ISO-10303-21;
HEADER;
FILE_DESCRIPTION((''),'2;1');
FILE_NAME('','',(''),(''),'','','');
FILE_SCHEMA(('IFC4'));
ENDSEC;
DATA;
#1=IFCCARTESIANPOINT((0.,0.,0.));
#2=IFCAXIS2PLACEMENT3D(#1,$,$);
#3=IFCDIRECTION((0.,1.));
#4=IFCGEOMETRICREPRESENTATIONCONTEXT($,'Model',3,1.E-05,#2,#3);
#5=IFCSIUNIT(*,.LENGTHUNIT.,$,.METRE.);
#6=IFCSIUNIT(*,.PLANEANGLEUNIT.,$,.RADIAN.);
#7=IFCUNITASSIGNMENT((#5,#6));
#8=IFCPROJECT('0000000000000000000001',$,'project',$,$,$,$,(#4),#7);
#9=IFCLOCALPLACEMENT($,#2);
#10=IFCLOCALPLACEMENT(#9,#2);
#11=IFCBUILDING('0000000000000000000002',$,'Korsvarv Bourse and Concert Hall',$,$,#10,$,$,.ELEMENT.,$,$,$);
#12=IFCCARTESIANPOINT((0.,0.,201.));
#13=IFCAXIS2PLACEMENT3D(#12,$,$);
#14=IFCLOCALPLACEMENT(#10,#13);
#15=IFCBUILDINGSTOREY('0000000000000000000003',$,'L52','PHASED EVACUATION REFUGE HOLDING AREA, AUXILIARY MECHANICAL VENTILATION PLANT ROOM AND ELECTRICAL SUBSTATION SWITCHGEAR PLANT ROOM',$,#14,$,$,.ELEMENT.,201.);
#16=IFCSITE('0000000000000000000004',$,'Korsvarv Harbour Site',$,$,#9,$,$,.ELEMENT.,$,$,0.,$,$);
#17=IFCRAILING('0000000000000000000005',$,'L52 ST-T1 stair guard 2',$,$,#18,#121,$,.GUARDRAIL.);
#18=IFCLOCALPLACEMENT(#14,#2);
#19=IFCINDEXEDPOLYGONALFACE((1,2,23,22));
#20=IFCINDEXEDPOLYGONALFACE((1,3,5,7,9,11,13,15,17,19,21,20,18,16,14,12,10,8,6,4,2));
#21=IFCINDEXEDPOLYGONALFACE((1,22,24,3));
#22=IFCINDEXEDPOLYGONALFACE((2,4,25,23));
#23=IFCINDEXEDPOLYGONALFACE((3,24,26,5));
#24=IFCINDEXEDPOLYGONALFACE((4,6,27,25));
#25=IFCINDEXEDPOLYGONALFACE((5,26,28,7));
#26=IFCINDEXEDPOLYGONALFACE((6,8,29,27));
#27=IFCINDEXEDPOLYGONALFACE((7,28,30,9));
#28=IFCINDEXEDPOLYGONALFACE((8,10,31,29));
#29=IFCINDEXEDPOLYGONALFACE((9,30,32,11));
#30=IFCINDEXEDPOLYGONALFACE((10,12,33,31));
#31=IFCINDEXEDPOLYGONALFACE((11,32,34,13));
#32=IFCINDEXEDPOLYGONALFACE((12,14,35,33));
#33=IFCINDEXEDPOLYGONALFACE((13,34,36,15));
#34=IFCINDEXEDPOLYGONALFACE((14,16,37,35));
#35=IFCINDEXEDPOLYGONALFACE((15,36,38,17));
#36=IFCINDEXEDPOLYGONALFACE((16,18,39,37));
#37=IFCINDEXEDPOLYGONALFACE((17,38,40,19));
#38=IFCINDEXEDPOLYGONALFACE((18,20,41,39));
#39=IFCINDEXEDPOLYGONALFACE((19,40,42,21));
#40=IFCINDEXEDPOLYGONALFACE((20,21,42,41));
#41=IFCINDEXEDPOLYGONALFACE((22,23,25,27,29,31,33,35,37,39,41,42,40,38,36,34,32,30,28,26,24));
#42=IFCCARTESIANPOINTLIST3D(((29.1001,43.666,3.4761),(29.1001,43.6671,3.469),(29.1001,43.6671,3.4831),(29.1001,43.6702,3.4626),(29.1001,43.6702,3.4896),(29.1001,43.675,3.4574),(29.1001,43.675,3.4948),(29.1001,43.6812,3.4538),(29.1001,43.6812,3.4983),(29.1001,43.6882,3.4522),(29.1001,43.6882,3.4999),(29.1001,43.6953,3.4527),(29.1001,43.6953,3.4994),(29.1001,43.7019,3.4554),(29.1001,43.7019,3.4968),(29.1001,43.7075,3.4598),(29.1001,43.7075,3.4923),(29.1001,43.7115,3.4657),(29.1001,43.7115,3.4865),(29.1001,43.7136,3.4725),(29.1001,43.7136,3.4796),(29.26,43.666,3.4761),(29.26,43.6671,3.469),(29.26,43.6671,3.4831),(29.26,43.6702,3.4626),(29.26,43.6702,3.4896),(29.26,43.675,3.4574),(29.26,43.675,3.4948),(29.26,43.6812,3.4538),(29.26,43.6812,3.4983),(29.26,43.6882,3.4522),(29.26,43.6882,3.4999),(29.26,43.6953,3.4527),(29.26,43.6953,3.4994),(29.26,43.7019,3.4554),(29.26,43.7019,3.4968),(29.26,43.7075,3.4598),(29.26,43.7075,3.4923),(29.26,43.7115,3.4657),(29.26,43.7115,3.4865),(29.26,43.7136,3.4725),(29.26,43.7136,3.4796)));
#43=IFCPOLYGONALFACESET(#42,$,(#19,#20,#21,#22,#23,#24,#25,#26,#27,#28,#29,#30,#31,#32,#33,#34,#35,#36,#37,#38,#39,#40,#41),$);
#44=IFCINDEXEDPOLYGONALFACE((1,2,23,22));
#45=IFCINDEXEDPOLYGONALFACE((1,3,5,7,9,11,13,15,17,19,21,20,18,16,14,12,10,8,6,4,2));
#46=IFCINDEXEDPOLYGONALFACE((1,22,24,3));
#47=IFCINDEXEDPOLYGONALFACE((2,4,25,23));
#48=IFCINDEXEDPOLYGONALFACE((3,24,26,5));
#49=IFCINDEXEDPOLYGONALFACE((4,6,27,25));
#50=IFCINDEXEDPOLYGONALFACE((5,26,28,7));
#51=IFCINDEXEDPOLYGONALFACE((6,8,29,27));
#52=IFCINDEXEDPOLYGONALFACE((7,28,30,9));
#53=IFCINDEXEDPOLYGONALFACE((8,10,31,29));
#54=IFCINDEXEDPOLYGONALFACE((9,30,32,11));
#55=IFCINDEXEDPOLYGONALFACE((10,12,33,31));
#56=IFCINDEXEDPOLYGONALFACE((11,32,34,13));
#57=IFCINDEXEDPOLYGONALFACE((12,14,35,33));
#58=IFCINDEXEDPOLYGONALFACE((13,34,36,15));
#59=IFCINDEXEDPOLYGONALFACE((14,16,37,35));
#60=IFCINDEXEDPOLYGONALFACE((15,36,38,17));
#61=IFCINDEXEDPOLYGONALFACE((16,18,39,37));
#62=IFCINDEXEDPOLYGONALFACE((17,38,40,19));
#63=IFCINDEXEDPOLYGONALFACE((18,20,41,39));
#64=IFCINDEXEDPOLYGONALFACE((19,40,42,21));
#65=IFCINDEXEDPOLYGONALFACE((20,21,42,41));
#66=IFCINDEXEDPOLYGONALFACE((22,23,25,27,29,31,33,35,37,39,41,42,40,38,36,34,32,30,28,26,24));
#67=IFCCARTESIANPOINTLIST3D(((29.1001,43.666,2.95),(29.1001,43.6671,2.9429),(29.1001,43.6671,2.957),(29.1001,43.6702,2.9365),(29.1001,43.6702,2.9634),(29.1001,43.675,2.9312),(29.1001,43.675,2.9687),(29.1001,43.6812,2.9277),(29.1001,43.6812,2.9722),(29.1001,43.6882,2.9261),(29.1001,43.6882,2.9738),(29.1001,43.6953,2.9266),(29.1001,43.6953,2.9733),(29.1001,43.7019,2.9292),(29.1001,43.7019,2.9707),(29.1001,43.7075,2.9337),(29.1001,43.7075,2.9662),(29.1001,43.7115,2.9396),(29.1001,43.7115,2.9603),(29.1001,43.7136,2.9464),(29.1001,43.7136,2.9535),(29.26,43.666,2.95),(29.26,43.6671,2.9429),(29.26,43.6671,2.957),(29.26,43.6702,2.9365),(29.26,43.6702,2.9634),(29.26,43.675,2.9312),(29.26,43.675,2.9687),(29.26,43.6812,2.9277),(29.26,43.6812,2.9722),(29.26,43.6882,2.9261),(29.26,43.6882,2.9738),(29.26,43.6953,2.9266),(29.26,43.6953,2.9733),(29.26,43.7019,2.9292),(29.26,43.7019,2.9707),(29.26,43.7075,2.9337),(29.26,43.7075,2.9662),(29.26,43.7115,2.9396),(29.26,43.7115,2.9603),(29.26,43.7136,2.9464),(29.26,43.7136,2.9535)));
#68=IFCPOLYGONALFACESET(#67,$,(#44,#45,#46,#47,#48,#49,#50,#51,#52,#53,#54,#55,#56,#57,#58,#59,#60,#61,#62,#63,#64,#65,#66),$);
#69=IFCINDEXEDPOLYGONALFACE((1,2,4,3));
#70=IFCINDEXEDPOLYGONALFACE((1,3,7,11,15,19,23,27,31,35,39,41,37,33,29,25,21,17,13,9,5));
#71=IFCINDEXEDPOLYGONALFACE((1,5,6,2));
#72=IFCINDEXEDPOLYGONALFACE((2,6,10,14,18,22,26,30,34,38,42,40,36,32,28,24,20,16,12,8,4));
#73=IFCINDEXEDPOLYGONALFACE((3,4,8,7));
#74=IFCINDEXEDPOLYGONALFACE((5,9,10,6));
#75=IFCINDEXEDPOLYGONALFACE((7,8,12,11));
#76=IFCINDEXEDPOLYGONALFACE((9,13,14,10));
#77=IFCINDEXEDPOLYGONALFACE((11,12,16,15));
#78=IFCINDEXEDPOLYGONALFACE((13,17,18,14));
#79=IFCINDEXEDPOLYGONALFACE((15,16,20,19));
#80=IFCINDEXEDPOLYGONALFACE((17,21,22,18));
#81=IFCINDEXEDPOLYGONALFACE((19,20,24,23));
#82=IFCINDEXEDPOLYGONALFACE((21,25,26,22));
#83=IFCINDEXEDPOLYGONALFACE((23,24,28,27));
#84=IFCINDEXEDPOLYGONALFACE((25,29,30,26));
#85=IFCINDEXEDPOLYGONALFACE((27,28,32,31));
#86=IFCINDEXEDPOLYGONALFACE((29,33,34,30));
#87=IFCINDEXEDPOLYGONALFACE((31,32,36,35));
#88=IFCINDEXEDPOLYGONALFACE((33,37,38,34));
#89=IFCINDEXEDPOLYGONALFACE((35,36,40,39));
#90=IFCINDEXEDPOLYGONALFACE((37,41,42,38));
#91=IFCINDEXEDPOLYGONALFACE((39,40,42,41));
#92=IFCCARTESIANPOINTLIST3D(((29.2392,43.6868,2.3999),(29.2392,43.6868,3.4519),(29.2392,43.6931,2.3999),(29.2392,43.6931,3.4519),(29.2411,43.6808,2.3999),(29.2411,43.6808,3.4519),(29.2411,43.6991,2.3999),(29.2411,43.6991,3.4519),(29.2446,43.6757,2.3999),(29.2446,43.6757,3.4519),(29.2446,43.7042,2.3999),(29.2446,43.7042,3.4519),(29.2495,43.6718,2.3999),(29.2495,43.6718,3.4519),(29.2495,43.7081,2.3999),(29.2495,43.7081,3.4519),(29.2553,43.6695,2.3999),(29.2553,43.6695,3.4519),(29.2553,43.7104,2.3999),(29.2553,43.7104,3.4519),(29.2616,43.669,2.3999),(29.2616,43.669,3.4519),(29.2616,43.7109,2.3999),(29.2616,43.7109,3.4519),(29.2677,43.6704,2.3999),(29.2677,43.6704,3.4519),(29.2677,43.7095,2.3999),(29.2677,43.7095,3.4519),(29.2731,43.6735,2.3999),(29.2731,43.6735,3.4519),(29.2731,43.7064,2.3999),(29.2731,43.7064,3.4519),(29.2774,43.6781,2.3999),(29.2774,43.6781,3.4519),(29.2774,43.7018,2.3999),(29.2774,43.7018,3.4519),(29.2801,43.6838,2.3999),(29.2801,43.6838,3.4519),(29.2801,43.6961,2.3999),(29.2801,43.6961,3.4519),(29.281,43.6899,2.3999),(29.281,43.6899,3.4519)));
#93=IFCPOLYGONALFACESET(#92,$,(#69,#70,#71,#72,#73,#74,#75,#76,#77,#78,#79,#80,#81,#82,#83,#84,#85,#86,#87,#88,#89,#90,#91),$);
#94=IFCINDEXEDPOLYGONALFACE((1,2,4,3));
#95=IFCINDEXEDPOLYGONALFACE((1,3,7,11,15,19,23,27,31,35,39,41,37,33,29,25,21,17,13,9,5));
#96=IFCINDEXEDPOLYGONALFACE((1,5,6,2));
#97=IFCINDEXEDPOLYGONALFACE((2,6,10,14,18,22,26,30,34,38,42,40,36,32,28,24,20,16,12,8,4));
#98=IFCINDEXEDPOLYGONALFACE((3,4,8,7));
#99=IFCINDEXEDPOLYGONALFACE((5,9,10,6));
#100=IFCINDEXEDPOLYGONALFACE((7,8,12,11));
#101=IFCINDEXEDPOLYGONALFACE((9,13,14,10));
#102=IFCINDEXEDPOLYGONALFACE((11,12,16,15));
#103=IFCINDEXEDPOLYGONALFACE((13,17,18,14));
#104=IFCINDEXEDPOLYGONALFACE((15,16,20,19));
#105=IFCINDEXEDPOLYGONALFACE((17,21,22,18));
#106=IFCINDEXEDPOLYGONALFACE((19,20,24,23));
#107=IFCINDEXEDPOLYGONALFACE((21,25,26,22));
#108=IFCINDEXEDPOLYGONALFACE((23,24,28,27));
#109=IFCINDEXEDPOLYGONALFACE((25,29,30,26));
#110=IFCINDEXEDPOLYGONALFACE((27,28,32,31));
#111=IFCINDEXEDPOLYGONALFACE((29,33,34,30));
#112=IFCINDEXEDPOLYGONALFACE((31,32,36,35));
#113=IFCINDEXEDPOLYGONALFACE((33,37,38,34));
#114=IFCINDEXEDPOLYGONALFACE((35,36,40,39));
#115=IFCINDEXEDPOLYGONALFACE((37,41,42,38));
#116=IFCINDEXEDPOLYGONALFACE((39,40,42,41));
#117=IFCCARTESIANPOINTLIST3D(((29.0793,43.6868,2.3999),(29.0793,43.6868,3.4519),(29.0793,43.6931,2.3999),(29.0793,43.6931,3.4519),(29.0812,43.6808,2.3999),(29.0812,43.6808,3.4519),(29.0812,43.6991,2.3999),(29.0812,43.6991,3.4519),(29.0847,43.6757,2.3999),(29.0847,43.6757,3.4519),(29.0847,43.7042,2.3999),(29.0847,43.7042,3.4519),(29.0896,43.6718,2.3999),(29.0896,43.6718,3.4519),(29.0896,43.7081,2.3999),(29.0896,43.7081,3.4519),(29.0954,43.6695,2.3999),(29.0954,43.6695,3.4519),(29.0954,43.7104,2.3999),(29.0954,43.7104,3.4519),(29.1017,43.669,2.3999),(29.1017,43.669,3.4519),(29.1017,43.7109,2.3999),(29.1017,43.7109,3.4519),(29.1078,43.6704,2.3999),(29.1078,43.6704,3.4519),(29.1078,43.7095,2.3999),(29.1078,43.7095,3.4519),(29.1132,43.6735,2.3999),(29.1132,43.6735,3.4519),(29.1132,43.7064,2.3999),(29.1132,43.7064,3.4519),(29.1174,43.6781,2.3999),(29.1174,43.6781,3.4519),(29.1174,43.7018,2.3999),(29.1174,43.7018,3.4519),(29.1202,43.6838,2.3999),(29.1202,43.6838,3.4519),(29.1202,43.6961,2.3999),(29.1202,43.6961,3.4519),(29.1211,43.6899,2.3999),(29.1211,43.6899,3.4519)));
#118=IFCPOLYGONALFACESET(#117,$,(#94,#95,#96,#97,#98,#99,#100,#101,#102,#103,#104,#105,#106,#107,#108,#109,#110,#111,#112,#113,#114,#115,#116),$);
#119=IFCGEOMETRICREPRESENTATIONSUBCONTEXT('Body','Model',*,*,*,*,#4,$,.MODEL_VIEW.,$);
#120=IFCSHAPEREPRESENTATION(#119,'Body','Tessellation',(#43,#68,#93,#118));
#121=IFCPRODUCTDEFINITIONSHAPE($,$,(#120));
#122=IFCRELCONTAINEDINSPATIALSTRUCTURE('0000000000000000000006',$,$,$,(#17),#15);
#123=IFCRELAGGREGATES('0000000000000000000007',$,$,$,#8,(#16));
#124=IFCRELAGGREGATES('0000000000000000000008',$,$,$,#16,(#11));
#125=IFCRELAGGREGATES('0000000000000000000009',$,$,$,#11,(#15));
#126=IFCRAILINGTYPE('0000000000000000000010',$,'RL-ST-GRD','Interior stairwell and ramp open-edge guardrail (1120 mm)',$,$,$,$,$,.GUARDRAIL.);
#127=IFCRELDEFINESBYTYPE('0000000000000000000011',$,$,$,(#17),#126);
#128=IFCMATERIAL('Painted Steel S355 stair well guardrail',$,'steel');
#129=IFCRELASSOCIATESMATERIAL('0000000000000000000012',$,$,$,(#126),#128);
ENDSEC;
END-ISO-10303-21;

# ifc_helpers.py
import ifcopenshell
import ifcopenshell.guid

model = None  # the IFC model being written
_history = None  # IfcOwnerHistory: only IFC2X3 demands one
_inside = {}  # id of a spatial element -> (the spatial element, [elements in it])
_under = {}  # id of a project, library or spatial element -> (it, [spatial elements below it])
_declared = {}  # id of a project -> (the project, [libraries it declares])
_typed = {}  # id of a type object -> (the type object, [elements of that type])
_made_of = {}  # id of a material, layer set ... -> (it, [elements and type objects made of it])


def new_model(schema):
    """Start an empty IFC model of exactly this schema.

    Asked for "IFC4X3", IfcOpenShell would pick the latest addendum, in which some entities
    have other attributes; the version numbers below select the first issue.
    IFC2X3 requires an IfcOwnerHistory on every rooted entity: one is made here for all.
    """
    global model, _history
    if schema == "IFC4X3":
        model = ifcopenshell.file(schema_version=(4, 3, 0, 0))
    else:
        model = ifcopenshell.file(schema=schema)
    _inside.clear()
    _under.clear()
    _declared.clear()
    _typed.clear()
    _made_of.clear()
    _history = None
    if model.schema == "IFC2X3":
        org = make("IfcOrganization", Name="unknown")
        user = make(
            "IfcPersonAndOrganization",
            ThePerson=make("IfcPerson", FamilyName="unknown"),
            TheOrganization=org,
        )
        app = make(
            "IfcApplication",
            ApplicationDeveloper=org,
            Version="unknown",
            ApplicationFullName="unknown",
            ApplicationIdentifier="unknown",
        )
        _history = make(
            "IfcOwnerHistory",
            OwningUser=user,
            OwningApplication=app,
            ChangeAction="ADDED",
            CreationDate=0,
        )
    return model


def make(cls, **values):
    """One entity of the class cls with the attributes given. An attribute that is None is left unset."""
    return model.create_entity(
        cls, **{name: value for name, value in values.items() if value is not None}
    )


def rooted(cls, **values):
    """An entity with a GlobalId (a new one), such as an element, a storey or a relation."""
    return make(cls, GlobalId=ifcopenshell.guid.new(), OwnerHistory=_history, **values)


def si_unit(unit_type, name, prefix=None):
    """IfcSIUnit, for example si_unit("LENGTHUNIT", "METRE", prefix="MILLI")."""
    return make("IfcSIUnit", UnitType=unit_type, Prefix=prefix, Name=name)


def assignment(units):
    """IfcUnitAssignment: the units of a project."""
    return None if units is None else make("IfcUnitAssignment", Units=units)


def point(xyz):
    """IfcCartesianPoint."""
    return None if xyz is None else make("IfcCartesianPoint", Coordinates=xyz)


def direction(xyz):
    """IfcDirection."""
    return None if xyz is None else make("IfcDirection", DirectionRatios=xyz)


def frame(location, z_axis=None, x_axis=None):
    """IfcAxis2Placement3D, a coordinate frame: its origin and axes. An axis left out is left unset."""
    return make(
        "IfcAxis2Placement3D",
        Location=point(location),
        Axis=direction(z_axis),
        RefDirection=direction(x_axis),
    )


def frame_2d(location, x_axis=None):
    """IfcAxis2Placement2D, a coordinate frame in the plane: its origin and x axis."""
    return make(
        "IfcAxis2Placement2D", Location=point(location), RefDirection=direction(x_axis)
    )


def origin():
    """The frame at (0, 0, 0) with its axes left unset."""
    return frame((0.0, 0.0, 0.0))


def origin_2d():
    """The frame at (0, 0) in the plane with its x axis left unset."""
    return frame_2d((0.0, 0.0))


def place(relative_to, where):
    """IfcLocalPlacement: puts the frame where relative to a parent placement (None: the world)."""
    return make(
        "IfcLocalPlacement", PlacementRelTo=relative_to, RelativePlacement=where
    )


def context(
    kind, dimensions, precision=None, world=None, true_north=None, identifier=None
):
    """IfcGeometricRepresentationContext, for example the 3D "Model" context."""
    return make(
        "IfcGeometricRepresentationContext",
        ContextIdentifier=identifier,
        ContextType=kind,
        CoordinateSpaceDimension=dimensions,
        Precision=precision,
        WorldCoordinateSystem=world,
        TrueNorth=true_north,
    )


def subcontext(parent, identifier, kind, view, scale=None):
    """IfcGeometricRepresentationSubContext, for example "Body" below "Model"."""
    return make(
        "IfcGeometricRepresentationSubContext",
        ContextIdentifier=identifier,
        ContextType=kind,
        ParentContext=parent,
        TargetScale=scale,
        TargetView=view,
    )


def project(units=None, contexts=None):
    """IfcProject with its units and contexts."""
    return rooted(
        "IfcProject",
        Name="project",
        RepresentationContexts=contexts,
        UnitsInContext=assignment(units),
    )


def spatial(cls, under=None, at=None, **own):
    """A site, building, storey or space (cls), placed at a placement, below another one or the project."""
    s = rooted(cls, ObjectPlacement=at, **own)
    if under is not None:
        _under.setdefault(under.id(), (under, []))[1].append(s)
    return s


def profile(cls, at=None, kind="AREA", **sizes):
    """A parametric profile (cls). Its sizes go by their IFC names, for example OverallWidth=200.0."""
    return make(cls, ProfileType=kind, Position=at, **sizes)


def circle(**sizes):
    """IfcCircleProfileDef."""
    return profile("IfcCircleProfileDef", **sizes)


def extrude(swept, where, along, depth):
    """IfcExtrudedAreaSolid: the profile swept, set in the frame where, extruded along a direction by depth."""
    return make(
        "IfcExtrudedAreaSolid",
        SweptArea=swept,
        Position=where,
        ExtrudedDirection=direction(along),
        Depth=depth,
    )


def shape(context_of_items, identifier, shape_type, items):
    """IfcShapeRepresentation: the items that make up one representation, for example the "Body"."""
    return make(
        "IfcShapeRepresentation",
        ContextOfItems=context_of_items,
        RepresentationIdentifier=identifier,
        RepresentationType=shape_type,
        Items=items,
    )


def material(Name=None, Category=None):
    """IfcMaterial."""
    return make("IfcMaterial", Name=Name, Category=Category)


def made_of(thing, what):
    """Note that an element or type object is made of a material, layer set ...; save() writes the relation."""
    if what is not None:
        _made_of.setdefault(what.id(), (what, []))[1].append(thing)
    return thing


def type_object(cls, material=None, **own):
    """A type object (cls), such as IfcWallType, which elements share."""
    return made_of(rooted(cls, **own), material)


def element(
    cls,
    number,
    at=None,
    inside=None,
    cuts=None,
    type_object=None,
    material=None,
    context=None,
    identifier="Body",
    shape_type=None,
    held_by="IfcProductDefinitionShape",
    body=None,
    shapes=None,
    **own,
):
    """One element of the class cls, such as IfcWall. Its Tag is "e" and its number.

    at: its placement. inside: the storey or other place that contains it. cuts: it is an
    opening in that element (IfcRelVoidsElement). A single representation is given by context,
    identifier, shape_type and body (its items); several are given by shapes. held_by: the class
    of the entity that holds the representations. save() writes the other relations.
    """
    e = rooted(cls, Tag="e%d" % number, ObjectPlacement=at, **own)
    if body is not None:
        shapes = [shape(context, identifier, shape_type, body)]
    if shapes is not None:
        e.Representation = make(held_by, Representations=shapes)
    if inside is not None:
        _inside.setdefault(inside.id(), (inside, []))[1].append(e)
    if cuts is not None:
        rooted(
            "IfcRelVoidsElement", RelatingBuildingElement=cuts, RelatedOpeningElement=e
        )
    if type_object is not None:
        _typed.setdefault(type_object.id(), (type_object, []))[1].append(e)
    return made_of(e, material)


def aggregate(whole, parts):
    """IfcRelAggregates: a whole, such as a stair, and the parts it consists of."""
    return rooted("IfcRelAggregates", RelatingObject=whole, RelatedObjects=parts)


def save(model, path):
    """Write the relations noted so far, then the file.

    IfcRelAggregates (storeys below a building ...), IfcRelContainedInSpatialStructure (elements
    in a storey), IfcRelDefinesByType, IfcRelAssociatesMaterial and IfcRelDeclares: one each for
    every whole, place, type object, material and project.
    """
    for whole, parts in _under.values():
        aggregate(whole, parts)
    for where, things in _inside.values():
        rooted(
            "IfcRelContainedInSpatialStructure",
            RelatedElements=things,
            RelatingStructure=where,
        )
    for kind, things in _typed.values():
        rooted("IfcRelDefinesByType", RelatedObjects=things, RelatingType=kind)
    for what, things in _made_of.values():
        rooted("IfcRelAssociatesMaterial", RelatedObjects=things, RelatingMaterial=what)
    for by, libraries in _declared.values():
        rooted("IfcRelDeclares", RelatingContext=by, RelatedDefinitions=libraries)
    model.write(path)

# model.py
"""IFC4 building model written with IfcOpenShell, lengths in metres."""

from ifc_helpers import new_model, si_unit, direction, frame, origin, origin_2d, place, context, subcontext, project, spatial, circle, extrude, material, type_object, element, save


model = new_model("IFC4")

# Units and contexts
model_context = context("Model", 3, precision=1e-05, world=origin(), true_north=direction((0.0, 1.0)))
body_context = subcontext(model_context, "Body", "Model", "MODEL_VIEW")
ifc_project = project(units=[si_unit("LENGTHUNIT", "METRE"), si_unit("PLANEANGLEUNIT", "RADIAN")], contexts=[model_context])

# Site, building, storey
site_placement = place(None, origin())
site = spatial("IfcSite", under=ifc_project, at=site_placement, Name="Korsvarv Harbour Site", CompositionType="ELEMENT", RefElevation=0.0)
building_placement = place(site_placement, origin())
building = spatial("IfcBuilding", under=site, at=building_placement, Name="Korsvarv Bourse and Concert Hall", CompositionType="ELEMENT")
storey_placement = place(building_placement, frame((0.0, 0.0, 201.0)))
storey = spatial("IfcBuildingStorey", under=building, at=storey_placement, Name="L52", Description="PHASED EVACUATION REFUGE HOLDING AREA, AUXILIARY MECHANICAL VENTILATION PLANT ROOM AND ELECTRICAL SUBSTATION SWITCHGEAR PLANT ROOM", CompositionType="ELEMENT", Elevation=201.0)

# Railing
ifc_material_1 = material(Name="Painted Steel S355 stair well guardrail", Category="steel")
railing_type_1 = type_object("IfcRailingType", Name="RL-ST-GRD", Description="Interior stairwell and ramp open-edge guardrail (1120 mm)", PredefinedType="GUARDRAIL", material=ifc_material_1)
railing_1_placement = place(storey_placement, frame((29.26, 43.6899, 2.3999)))
element("IfcRailing", 1, at=railing_1_placement, inside=storey, type_object=railing_type_1, Name="L52 ST-T1 stair guard 2", PredefinedType="GUARDRAIL", context=body_context, shape_type="SweptSolid", body=[
    extrude(circle(Radius=0.0239, at=origin_2d()), frame((0.0, 0.0, 1.0762), z_axis=(-1.0, 0.0, 0.0), x_axis=(0.0, -1.0, 0.0)), (0.0, 0.0, 1.0), 0.1599),
    extrude(circle(Radius=0.0239, at=origin_2d()), frame((0.0, 0.0, 0.55), z_axis=(-1.0, 0.0, 0.0), x_axis=(0.0, -1.0, 0.0)), (0.0, 0.0, 1.0), 0.1599),
    extrude(circle(Radius=0.021, at=origin_2d()), origin(), (0.0, 0.0, 1.0), 1.052),
    extrude(circle(Radius=0.021, at=origin_2d()), frame((-0.1599, 0.0, 0.0)), (0.0, 0.0, 1.0), 1.052),
])

save(model, "model.ifc")
